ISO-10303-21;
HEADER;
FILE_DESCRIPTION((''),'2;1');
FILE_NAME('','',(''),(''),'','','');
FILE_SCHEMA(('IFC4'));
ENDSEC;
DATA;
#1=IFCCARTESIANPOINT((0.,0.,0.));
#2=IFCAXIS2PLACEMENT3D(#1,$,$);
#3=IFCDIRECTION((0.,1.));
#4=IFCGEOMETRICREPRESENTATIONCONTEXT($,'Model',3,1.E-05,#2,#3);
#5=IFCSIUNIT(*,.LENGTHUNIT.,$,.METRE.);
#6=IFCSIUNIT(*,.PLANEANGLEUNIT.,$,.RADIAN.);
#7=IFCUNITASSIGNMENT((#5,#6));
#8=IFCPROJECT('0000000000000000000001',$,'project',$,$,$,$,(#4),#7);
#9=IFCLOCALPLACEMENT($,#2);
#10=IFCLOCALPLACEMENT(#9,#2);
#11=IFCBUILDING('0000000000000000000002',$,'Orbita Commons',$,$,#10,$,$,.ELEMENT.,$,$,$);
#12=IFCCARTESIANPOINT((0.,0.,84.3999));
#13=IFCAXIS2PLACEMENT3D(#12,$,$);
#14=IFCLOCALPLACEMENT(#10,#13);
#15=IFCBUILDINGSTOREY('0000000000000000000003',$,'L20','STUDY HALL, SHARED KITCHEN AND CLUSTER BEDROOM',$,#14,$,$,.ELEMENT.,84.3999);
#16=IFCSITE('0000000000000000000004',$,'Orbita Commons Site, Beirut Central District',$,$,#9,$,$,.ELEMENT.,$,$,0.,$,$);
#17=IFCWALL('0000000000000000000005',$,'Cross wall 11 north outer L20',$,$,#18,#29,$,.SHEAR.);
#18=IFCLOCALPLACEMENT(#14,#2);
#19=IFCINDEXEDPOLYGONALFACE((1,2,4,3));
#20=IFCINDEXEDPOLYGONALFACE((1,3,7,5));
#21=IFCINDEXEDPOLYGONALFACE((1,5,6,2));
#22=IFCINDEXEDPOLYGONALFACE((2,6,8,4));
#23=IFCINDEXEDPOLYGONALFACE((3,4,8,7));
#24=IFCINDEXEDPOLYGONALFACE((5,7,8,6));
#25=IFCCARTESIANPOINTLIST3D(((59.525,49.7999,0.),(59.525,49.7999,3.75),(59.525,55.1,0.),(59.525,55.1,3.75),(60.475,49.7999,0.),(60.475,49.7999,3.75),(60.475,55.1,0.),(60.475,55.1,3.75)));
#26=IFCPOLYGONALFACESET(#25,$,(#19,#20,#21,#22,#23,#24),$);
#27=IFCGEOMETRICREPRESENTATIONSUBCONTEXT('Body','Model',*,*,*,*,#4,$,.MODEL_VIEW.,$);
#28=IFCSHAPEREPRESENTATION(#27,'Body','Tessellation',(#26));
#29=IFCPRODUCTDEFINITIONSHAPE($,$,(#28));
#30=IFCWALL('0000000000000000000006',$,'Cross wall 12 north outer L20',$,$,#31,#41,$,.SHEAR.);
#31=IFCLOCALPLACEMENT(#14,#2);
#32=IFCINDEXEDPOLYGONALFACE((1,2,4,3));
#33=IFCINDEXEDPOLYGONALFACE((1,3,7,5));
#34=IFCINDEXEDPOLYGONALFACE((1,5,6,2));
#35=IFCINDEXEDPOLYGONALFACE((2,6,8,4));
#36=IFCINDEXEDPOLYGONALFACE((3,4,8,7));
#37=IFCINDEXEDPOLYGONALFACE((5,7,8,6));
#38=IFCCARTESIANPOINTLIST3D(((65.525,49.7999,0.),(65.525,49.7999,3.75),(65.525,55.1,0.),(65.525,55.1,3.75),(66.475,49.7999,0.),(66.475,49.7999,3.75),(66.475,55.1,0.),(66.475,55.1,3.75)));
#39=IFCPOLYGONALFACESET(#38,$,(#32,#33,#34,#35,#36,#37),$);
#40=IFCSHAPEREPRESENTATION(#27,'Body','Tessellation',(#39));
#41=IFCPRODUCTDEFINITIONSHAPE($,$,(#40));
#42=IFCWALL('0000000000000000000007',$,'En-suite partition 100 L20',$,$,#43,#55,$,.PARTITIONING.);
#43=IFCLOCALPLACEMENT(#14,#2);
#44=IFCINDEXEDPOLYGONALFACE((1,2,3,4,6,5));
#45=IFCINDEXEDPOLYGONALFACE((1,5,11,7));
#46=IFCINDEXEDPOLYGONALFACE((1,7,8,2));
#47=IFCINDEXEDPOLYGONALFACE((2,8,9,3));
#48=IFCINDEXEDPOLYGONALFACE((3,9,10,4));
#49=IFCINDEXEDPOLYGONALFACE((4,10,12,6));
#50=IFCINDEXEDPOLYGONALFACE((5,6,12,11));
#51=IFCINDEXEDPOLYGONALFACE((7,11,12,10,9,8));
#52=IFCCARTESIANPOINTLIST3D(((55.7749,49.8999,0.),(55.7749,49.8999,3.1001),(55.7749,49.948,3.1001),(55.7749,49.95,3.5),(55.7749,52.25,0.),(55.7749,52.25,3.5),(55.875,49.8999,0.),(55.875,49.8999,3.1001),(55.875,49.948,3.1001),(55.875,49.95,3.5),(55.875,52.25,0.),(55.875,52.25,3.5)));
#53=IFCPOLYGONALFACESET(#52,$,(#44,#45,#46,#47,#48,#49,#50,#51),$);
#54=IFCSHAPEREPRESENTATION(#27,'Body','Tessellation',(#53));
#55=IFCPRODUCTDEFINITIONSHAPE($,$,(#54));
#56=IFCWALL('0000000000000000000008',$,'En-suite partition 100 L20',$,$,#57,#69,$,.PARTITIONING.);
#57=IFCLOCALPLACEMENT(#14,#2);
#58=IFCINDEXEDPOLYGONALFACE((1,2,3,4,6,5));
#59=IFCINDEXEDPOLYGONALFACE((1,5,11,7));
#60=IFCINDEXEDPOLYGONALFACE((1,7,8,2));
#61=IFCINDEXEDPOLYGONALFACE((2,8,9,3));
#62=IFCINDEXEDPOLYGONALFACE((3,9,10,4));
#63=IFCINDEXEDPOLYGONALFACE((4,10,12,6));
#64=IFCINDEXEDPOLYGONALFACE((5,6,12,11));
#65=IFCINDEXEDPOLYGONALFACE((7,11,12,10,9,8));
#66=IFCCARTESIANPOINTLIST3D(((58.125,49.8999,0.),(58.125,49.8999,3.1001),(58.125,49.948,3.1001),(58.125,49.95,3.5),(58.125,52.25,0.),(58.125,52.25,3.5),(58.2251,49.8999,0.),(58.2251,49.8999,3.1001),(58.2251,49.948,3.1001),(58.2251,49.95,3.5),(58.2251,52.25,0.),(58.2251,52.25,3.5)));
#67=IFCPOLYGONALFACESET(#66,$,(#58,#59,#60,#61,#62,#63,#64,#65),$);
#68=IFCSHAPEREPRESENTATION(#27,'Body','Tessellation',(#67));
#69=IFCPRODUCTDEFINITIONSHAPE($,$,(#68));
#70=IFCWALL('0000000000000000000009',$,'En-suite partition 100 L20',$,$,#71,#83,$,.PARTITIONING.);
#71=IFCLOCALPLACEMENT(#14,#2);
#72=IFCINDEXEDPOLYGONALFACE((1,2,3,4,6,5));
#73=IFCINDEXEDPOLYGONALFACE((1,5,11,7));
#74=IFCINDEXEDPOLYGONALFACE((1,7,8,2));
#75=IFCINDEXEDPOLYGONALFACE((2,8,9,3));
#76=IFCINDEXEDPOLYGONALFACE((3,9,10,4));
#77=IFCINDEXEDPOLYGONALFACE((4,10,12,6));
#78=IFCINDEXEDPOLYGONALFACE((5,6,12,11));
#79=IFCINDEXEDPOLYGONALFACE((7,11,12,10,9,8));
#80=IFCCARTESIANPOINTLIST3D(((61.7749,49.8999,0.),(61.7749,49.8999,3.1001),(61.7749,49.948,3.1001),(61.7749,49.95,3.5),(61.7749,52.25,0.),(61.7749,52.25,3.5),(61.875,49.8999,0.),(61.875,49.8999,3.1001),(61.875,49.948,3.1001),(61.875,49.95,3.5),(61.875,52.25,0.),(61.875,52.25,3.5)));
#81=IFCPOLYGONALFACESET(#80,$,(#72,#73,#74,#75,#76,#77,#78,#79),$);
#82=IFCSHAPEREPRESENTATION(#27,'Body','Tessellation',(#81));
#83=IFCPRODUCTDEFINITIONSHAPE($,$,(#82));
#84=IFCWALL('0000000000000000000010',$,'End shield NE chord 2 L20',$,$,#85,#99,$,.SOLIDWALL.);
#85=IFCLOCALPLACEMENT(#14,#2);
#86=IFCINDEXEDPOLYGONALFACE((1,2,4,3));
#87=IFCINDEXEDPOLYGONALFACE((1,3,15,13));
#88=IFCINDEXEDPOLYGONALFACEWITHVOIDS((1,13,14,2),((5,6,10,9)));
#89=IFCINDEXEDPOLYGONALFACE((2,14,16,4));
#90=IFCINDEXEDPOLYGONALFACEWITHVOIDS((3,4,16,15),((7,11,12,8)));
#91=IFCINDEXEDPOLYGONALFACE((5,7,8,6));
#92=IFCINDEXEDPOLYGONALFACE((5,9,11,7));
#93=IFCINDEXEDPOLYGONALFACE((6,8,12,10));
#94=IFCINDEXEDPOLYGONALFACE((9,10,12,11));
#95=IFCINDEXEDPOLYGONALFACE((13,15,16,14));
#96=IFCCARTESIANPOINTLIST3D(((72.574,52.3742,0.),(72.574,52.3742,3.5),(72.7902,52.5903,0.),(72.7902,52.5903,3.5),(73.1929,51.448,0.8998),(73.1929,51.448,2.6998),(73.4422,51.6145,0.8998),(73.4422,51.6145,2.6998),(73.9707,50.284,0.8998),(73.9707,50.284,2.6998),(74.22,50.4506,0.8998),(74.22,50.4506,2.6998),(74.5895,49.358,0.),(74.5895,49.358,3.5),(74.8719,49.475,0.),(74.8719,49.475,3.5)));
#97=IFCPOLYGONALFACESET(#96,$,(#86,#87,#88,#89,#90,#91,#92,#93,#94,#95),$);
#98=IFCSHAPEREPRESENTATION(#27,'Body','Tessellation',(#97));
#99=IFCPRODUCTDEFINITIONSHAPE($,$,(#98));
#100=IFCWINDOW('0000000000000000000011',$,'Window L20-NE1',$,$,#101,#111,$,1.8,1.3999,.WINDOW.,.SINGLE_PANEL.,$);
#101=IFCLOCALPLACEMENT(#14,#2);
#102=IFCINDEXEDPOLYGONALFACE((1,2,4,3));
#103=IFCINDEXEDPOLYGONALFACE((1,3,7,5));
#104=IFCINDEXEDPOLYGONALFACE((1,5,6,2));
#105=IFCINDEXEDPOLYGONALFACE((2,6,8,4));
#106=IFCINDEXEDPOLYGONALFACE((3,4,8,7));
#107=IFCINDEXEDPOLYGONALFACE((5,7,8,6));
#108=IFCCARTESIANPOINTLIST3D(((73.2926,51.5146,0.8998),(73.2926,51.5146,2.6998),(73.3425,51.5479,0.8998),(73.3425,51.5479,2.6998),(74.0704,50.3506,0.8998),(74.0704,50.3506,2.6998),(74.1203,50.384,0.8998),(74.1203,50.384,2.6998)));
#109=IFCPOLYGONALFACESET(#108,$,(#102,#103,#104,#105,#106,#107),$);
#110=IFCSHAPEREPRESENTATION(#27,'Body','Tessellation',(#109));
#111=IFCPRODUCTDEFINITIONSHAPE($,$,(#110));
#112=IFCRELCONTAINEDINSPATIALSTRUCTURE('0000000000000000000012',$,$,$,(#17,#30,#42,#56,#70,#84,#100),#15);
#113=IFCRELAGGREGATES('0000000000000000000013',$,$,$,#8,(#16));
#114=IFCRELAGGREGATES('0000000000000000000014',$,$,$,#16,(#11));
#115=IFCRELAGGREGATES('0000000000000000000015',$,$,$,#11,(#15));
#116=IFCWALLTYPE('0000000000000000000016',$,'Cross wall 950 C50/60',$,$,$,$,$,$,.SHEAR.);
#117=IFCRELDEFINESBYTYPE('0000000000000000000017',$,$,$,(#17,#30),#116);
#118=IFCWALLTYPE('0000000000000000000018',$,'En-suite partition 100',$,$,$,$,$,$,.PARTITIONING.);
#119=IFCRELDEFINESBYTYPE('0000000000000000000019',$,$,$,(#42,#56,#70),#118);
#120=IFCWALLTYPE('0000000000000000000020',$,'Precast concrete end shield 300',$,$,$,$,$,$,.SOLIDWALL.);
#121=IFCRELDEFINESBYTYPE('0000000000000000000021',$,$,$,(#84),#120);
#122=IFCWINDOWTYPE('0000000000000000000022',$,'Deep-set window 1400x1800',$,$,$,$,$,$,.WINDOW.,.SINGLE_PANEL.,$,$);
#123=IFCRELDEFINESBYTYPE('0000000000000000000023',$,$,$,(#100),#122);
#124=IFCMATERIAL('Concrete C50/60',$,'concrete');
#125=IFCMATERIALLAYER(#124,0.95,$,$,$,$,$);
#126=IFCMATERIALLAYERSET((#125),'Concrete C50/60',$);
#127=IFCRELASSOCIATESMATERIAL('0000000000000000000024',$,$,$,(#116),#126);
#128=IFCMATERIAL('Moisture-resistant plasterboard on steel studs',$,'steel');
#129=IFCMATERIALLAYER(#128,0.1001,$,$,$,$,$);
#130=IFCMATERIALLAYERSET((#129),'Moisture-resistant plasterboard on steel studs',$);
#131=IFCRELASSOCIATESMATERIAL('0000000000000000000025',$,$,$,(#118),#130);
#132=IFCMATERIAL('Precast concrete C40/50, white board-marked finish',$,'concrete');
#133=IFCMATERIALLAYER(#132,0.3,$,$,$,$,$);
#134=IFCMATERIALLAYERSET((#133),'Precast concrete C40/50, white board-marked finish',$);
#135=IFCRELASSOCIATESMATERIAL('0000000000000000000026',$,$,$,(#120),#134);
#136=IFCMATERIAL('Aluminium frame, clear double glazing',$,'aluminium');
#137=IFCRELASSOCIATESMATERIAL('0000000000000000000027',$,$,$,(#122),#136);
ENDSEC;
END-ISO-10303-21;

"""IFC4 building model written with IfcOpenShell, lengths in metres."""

from ifc_helpers import new_model, si_unit, direction, frame, frame_2d, origin, place, context, subcontext, project, spatial, polyline, rectangle, outline, extrude, material, layer, layer_set, type_object, element, fill, save


model = new_model("IFC4")

# Units and contexts
model_context = context("Model", 3, precision=1e-05, world=origin(), true_north=direction((0.0, 1.0)))
body_context = subcontext(model_context, "Body", "Model", "MODEL_VIEW")
ifc_project = project(units=[si_unit("LENGTHUNIT", "METRE"), si_unit("PLANEANGLEUNIT", "RADIAN")], contexts=[model_context])

# Site, building, storey
site_placement = place(None, origin())
site = spatial("IfcSite", under=ifc_project, at=site_placement, Name="Orbita Commons Site, Beirut Central District", CompositionType="ELEMENT", RefElevation=0.0)
building_placement = place(site_placement, origin())
building = spatial("IfcBuilding", under=site, at=building_placement, Name="Orbita Commons", CompositionType="ELEMENT")
storey_placement = place(building_placement, frame((0.0, 0.0, 84.3999)))
storey = spatial("IfcBuildingStorey", under=building, at=storey_placement, Name="L20", Description="STUDY HALL, SHARED KITCHEN AND CLUSTER BEDROOM", CompositionType="ELEMENT", Elevation=84.3999)

# Walls
ifc_material_1 = material(Name="Concrete C50/60", Category="concrete")
ifc_layer_1 = layer(ifc_material_1, 0.95)
ifc_layer_set_1 = layer_set([ifc_layer_1], Name="Concrete C50/60")
wall_type_1 = type_object("IfcWallType", Name="Cross wall 950 C50/60", PredefinedType="SHEAR", material=ifc_layer_set_1)
for number, where, z_axis, x_axis, name in (
    (1, (60.0, 49.8, 0.0), (0.0, 0.0, 1.0), (0.0, 1.0, 0.0), "Cross wall 11 north outer L20"),
    (2, (66.0, 49.8, 0.0), (0.0, 0.0, 1.0), (0.0, 1.0, 0.0), "Cross wall 12 north outer L20"),
):
    element("IfcWall", number, at=place(storey_placement, frame(where, z_axis=z_axis, x_axis=x_axis)), inside=storey, type_object=wall_type_1, Name=name, PredefinedType="SHEAR", context=body_context, shape_type="SweptSolid", body=[
        extrude(rectangle(XDim=5.3, YDim=0.95, at=frame_2d((2.6499, 0.0))), origin(), (0.0, 0.0, 1.0), 3.75),
    ])
ifc_material_2 = material(Name="Moisture-resistant plasterboard on steel studs", Category="steel")
ifc_layer_2 = layer(ifc_material_2, 0.1001)
ifc_layer_set_2 = layer_set([ifc_layer_2], Name="Moisture-resistant plasterboard on steel studs")
wall_type_2 = type_object("IfcWallType", Name="En-suite partition 100", PredefinedType="PARTITIONING", material=ifc_layer_set_2)
for number, where, z_axis, x_axis, name in (
    (3, (55.825, 52.25, 0.0), (0.0, 0.0, 1.0), (0.0, -1.0, 0.0), "En-suite partition 100 L20"),
    (4, (58.175, 52.25, 0.0), (0.0, 0.0, 1.0), (0.0, -1.0, 0.0), "En-suite partition 100 L20"),
    (5, (61.825, 52.25, 0.0), (0.0, 0.0, 1.0), (0.0, -1.0, 0.0), "En-suite partition 100 L20"),
):
    element("IfcWall", number, at=place(storey_placement, frame(where, z_axis=z_axis, x_axis=x_axis)), inside=storey, type_object=wall_type_2, Name=name, PredefinedType="PARTITIONING", context=body_context, shape_type="SweptSolid", body=[
        extrude(outline(polyline([(0.0, 0.0), (2.3501, 0.0), (2.3501, 3.1001), (2.302, 3.1001), (2.3, 3.5), (0.0, 3.5), (0.0, 0.0)])), frame((0.0, 0.05, 0.0), z_axis=(0.0, -1.0, 0.0), x_axis=(1.0, 0.0, 0.0)), (0.0, 0.0, 1.0), 0.1001),
    ])

# Wall, opening, window
ifc_material_3 = material(Name="Precast concrete C40/50, white board-marked finish", Category="concrete")
ifc_layer_3 = layer(ifc_material_3, 0.3)
ifc_layer_set_3 = layer_set([ifc_layer_3], Name="Precast concrete C40/50, white board-marked finish")
wall_type_3 = type_object("IfcWallType", Name="Precast concrete end shield 300", PredefinedType="SOLIDWALL", material=ifc_layer_set_3)
wall_1_placement = place(storey_placement, frame((74.7307, 49.4165, 0.0), z_axis=(0.0, 0.0, 1.0), x_axis=(-0.555601, 0.831449, 0.0)))
wall_1 = element("IfcWall", 6, at=wall_1_placement, inside=storey, type_object=wall_type_3, Name="End shield NE chord 2 L20", PredefinedType="SOLIDWALL", context=body_context, shape_type="SweptSolid", body=[
    extrude(outline(polyline([(-0.0298, -0.1499), (3.717, -0.1499), (3.6575, 0.1499), (0.0298, 0.1499), (-0.0298, -0.1499)])), origin(), (0.0, 0.0, 1.0), 3.5),
])
opening_1_placement = place(wall_1_placement, frame((1.1436, 0.0, 0.8999)))
opening_1 = element("IfcOpeningElement", 7, at=opening_1_placement, cuts=wall_1, PredefinedType="OPENING", context=body_context, shape_type="SweptSolid", body=[
    extrude(rectangle(XDim=1.3999, YDim=1.8, at=frame_2d((0.7, 0.8999))), frame((0.0, 0.1599, 0.0), z_axis=(0.0, -1.0, 0.0), x_axis=(1.0, 0.0, 0.0)), (0.0, 0.0, 1.0), 0.3201),
])
ifc_material_4 = material(Name="Aluminium frame, clear double glazing", Category="aluminium")
window_type = type_object("IfcWindowType", Name="Deep-set window 1400x1800", PartitioningType="SINGLE_PANEL", PredefinedType="WINDOW", material=ifc_material_4)
window_placement = place(opening_1_placement, origin())
window = element("IfcWindow", 8, at=window_placement, inside=storey, type_object=window_type, Name="Window L20-NE1", OverallHeight=1.8, OverallWidth=1.3999, PartitioningType="SINGLE_PANEL", PredefinedType="WINDOW", context=body_context, shape_type="SweptSolid", body=[
    extrude(rectangle(XDim=1.3999, YDim=1.8, at=frame_2d((0.7, 0.8999))), frame((0.0, 0.03, 0.0), z_axis=(0.0, -1.0, 0.0), x_axis=(1.0, 0.0, 0.0)), (0.0, 0.0, 1.0), 0.0601),
])
fill(opening_1, window)

save(model, "model.ifc")
